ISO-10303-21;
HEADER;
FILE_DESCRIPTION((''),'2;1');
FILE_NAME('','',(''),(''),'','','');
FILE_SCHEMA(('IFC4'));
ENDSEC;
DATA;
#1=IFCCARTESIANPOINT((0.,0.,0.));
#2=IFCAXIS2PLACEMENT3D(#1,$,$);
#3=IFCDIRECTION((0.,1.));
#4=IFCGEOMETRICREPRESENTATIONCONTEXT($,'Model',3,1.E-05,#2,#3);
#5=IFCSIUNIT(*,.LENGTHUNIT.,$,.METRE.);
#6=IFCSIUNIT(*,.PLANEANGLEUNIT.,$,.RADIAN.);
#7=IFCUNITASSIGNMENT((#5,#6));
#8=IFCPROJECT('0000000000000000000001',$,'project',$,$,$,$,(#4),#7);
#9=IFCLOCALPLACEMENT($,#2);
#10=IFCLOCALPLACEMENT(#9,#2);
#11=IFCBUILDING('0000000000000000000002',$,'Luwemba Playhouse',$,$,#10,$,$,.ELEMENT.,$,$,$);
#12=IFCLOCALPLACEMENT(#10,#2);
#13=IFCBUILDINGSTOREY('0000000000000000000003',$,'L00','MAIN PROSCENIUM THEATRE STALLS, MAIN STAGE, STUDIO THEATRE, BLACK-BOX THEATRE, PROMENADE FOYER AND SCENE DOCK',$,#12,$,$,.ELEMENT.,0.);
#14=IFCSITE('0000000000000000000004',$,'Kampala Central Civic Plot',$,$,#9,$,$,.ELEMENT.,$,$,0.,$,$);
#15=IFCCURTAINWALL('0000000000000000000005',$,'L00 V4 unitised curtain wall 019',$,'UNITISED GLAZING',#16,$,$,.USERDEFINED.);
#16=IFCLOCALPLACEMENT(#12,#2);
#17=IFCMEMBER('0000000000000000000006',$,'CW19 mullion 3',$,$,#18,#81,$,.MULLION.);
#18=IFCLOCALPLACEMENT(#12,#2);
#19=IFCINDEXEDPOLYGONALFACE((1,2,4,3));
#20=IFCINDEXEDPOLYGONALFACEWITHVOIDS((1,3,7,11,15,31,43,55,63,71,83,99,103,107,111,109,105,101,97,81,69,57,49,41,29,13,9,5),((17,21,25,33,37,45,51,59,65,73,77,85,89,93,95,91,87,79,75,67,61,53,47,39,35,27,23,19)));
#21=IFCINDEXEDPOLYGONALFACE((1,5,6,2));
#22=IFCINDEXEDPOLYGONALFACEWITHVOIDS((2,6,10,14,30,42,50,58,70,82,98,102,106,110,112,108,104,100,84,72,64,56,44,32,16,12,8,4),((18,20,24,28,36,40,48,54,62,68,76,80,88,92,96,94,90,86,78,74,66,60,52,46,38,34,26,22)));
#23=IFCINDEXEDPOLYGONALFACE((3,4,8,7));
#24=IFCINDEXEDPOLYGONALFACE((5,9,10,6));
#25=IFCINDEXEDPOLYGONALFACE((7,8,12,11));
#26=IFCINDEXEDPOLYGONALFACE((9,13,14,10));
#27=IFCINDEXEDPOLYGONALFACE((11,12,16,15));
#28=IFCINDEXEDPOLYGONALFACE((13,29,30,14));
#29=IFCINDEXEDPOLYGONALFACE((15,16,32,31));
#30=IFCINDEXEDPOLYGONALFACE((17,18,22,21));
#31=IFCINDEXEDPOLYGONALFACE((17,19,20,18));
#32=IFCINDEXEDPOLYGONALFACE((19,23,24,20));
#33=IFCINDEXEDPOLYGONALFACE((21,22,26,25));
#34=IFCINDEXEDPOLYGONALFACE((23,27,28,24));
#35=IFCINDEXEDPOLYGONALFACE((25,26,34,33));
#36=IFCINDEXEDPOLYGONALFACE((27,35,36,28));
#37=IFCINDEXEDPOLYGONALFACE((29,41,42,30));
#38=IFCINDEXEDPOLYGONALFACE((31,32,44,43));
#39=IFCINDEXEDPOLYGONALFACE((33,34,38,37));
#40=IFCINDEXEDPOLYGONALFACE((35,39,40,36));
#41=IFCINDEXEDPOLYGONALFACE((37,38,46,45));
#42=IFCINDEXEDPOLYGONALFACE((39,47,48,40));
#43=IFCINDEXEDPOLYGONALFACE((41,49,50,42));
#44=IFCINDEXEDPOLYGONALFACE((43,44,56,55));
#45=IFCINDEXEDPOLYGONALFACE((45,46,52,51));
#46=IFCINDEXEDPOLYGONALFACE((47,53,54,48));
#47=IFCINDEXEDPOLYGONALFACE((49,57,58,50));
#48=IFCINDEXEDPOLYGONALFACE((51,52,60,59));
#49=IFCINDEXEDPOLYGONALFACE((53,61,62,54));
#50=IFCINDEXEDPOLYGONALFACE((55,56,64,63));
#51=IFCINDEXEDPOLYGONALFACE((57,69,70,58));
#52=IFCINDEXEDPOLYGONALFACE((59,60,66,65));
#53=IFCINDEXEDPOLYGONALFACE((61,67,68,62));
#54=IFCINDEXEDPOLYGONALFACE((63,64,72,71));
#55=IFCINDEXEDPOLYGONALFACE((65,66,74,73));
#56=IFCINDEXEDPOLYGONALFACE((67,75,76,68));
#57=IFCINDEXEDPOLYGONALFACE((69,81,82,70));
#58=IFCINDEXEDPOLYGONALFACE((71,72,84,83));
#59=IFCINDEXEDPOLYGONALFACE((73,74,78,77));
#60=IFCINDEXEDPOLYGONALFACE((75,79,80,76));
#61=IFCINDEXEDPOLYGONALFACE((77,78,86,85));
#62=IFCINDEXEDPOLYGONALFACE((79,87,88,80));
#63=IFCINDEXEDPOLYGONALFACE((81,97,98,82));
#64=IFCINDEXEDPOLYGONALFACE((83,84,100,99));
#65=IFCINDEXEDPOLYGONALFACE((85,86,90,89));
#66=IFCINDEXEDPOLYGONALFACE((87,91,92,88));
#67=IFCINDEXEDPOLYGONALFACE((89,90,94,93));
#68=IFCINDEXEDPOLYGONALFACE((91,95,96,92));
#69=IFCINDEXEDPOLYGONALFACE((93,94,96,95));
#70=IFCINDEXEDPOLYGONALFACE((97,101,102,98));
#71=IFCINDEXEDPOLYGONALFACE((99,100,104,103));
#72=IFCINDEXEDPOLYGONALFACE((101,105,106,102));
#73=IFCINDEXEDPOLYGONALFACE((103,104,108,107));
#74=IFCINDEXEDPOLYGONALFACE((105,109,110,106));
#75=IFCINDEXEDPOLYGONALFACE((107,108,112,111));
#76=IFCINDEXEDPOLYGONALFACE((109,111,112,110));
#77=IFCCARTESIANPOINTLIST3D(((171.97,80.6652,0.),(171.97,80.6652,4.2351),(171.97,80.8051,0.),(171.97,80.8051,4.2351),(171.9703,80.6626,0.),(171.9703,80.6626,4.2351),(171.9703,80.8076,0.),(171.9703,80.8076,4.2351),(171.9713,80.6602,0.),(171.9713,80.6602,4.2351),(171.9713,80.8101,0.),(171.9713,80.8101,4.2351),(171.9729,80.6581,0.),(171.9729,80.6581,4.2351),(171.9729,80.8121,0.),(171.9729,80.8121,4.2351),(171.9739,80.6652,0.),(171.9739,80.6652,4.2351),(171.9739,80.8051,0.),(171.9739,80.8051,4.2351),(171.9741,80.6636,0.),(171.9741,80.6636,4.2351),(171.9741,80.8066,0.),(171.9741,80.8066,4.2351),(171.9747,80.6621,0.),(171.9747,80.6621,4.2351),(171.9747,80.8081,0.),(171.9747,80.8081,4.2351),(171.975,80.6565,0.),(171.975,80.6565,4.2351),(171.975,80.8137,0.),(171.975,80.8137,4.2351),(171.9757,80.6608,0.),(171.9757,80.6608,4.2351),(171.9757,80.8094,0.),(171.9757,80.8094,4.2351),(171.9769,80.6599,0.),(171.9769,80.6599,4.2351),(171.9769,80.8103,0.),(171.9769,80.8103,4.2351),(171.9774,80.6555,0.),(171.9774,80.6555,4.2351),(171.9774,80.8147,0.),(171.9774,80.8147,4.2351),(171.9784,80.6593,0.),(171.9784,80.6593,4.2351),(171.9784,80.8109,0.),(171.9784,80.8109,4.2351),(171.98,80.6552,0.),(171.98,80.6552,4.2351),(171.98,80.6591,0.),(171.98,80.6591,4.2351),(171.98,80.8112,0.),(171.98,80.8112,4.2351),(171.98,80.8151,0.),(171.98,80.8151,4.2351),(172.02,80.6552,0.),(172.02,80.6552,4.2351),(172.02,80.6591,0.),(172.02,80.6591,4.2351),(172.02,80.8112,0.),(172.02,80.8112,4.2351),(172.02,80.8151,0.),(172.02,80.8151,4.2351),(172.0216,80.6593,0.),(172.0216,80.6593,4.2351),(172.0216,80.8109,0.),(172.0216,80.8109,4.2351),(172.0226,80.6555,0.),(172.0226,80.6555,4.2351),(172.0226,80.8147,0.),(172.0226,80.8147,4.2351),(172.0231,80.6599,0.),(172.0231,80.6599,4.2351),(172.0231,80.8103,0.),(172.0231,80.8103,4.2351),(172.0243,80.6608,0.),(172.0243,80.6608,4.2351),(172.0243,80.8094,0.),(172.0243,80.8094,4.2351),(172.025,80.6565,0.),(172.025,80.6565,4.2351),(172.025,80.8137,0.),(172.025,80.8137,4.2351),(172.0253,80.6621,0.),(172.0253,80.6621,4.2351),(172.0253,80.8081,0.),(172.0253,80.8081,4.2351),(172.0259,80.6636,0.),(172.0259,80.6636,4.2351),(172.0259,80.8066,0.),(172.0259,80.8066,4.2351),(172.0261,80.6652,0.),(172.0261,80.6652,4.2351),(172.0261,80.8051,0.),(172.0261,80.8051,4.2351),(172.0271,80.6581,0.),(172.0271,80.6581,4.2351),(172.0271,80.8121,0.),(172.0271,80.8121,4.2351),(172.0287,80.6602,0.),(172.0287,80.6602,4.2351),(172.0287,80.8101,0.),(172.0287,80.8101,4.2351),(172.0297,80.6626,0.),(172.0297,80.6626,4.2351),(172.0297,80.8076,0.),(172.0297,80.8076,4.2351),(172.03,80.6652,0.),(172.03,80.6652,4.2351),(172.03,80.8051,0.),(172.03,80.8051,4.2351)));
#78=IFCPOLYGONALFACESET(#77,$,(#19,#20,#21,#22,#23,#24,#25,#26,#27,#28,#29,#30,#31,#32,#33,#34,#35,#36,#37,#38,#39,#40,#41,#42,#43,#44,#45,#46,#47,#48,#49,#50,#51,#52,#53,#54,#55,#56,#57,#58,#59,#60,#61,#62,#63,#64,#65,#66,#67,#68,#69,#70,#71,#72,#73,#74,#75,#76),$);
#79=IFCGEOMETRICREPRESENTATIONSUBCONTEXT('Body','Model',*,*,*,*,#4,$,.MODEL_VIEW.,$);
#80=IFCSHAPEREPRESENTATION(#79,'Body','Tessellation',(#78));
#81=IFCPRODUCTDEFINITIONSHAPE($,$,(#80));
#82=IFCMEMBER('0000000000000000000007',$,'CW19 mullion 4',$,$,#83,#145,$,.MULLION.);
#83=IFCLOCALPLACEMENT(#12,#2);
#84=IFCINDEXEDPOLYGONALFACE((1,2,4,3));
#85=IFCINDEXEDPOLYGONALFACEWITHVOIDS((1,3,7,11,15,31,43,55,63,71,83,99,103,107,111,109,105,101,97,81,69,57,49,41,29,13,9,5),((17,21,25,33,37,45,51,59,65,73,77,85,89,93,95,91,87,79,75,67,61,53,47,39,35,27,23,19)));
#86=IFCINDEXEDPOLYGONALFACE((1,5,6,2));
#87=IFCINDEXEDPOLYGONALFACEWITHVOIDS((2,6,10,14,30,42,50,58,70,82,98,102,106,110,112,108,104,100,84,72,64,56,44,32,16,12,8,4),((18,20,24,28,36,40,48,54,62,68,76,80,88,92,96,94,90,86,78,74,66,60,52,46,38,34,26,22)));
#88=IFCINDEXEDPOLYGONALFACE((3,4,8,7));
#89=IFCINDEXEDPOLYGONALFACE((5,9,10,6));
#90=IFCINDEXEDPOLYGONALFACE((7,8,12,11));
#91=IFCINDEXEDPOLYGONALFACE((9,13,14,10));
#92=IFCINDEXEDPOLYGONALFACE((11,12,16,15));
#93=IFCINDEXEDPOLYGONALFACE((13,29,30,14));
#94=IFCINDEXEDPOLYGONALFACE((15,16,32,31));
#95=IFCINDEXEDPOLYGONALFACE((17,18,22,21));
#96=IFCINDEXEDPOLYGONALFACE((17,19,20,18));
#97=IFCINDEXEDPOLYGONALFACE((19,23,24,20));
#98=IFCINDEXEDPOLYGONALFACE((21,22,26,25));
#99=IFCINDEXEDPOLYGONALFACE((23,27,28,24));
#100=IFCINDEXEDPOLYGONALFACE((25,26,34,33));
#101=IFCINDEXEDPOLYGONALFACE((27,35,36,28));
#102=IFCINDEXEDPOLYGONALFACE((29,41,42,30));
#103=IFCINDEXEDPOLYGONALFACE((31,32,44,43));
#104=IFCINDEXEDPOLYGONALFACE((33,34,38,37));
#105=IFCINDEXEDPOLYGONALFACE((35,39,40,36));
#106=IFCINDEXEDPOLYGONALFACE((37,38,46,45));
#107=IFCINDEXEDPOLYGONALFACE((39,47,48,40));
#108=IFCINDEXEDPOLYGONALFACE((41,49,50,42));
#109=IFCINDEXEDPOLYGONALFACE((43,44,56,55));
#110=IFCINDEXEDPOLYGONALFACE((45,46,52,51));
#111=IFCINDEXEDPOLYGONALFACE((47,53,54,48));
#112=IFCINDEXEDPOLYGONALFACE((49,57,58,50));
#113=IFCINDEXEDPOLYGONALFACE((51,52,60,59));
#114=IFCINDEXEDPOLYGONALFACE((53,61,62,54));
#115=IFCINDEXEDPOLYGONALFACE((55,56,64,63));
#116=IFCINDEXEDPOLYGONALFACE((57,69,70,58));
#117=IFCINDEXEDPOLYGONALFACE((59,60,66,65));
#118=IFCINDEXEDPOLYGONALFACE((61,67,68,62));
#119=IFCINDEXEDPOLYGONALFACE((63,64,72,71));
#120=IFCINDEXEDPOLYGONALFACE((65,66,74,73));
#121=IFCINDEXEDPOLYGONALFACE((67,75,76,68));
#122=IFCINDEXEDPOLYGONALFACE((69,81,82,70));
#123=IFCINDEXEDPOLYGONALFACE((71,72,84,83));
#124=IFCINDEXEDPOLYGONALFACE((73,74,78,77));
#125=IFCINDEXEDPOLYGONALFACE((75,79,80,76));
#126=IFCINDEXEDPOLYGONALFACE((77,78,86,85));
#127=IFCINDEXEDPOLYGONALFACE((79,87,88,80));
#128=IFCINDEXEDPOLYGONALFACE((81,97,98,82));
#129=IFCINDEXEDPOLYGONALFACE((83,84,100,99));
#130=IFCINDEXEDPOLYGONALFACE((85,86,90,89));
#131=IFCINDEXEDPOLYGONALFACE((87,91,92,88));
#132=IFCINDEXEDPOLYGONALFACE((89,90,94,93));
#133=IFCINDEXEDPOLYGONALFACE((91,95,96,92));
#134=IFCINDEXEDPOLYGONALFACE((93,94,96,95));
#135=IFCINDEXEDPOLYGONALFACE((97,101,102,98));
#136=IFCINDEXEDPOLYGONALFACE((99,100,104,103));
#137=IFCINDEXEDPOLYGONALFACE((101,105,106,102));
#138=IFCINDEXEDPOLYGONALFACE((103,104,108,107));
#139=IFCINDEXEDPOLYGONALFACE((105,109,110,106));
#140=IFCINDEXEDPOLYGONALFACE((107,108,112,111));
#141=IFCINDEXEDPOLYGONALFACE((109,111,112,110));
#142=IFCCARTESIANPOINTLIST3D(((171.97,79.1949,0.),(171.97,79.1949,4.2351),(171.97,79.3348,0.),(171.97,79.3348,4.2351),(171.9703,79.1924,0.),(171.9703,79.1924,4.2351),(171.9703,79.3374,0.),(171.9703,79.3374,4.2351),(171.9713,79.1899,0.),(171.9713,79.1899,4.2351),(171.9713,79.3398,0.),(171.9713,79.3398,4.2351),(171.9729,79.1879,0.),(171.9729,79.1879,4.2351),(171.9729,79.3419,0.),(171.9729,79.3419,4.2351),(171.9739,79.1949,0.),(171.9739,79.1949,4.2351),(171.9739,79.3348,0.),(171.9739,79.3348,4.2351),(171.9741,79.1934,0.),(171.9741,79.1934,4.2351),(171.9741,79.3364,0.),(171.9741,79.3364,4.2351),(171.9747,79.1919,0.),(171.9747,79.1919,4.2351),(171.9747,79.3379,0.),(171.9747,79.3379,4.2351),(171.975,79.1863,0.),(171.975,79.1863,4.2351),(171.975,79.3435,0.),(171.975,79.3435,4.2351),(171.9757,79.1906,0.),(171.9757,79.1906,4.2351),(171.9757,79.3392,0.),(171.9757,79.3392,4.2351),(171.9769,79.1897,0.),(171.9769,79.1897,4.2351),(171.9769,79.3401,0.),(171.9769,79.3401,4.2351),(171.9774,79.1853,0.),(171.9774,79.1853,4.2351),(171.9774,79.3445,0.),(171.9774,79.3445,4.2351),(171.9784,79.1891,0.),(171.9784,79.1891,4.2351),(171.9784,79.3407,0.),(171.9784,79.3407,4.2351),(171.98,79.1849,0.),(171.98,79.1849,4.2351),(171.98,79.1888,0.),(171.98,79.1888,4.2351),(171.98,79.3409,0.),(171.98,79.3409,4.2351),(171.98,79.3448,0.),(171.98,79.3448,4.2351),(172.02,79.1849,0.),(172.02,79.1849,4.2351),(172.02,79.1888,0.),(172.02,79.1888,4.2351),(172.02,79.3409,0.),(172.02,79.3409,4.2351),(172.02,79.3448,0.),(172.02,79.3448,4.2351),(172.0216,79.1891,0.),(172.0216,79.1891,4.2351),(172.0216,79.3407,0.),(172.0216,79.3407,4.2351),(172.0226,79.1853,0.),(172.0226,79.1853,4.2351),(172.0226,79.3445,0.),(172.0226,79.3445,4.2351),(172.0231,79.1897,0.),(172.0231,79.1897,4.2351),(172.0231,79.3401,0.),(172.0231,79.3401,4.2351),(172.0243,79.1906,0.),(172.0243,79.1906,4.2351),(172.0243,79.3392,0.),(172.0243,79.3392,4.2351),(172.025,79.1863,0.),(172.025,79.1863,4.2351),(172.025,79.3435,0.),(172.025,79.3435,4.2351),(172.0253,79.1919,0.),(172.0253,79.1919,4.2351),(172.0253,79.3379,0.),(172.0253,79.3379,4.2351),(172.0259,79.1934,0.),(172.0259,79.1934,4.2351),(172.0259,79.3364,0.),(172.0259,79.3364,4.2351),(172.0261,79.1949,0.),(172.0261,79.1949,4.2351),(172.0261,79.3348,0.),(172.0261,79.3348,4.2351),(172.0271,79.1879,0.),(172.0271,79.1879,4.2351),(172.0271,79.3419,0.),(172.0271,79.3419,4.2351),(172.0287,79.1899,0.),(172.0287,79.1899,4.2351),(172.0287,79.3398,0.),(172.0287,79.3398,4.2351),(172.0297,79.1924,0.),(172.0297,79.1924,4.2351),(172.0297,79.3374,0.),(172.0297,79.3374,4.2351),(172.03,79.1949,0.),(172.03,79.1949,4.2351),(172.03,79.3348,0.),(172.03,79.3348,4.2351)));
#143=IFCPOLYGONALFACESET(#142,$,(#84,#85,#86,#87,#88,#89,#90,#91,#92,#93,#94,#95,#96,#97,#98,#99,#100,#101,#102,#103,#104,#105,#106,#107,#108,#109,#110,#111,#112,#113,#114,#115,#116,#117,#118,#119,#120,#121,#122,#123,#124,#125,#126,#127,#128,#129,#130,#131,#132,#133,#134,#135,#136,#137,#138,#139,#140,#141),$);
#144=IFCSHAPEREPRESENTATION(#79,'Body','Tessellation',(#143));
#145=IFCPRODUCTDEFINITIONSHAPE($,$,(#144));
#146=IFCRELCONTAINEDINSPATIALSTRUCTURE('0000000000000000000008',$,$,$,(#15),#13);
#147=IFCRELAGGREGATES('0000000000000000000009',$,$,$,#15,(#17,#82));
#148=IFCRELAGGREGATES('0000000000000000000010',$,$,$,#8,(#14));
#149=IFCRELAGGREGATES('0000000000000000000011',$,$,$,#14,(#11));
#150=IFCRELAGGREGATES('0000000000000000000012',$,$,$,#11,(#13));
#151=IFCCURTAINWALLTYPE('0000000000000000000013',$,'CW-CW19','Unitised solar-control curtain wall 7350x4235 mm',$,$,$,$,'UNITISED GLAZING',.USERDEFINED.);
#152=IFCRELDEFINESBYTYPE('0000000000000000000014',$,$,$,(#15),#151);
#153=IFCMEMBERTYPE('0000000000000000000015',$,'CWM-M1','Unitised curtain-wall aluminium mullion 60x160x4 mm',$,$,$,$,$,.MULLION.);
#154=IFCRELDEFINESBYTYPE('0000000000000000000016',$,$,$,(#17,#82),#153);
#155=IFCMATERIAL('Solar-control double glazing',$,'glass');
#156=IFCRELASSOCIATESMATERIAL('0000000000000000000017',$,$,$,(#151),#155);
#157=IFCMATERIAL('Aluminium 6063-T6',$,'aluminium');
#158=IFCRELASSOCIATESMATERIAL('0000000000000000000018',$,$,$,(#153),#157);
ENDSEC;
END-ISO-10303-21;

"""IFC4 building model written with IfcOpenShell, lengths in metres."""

from ifc_helpers import new_model, si_unit, direction, frame, origin, origin_2d, place, context, subcontext, project, spatial, hollow_rectangle, extrude, material, material_profile, profile_set, type_object, element, aggregate, save


model = new_model("IFC4")

# Units and contexts
model_context = context("Model", 3, precision=1e-05, world=origin(), true_north=direction((0.0, 1.0)))
body_context = subcontext(model_context, "Body", "Model", "MODEL_VIEW")
ifc_project = project(units=[si_unit("LENGTHUNIT", "METRE"), si_unit("PLANEANGLEUNIT", "RADIAN")], contexts=[model_context])

# Site, building, storey
site_placement = place(None, origin())
site = spatial("IfcSite", under=ifc_project, at=site_placement, Name="Kampala Central Civic Plot", CompositionType="ELEMENT", RefElevation=0.0)
building_placement = place(site_placement, origin())
building = spatial("IfcBuilding", under=site, at=building_placement, Name="Luwemba Playhouse", CompositionType="ELEMENT")
storey_placement = place(building_placement, origin())
storey = spatial("IfcBuildingStorey", under=building, at=storey_placement, Name="L00", Description="MAIN PROSCENIUM THEATRE STALLS, MAIN STAGE, STUDIO THEATRE, BLACK-BOX THEATRE, PROMENADE FOYER AND SCENE DOCK", CompositionType="ELEMENT", Elevation=0.0)

# Curtain wall, members
ifc_material_1 = material(Name="Solar-control double glazing", Category="glass")
curtain_wall_type = type_object("IfcCurtainWallType", Name="CW-CW19", Description="Unitised solar-control curtain wall 7350x4235 mm", ElementType="UNITISED GLAZING", PredefinedType="USERDEFINED", material=ifc_material_1)
curtain_wall_placement = place(storey_placement, origin())
curtain_wall = element("IfcCurtainWall", 1, at=curtain_wall_placement, inside=storey, type_object=curtain_wall_type, Name="L00 V4 unitised curtain wall 019", ObjectType="UNITISED GLAZING", PredefinedType="USERDEFINED")
ifc_material_2 = material(Name="Aluminium 6063-T6", Category="aluminium")
ifc_material_profile_1 = material_profile(ifc_material_2, hollow_rectangle(XDim=0.0601, YDim=0.1599, WallThickness=0.0039, InnerFilletRadius=0.0061, OuterFilletRadius=0.01, at=origin_2d()))
ifc_profile_set_1 = profile_set([ifc_material_profile_1], Name="Aluminium 6063-T6")
member_type_1 = type_object("IfcMemberType", Name="CWM-M1", Description="Unitised curtain-wall aluminium mullion 60x160x4 mm", PredefinedType="MULLION", material=ifc_profile_set_1)
member_1_placement = place(storey_placement, frame((172.0, 80.7351, 0.0), z_axis=(0.0, 0.0, 1.0), x_axis=(1.0, 0.0, 0.0)))
member_1 = element("IfcMember", 2, at=member_1_placement, type_object=member_type_1, Name="CW19 mullion 3", PredefinedType="MULLION", context=body_context, shape_type="SweptSolid", body=[
    extrude(hollow_rectangle(XDim=0.0601, YDim=0.1599, WallThickness=0.0039, InnerFilletRadius=0.0061, OuterFilletRadius=0.01, at=origin_2d()), origin(), (0.0, 0.0, 1.0), 4.2351),
])
member_2_placement = place(storey_placement, frame((172.0, 79.2649, 0.0), z_axis=(0.0, 0.0, 1.0), x_axis=(1.0, 0.0, 0.0)))
member_2 = element("IfcMember", 3, at=member_2_placement, type_object=member_type_1, Name="CW19 mullion 4", PredefinedType="MULLION", context=body_context, shape_type="SweptSolid", body=[
    extrude(hollow_rectangle(XDim=0.0601, YDim=0.1599, WallThickness=0.0039, InnerFilletRadius=0.0061, OuterFilletRadius=0.01, at=origin_2d()), origin(), (0.0, 0.0, 1.0), 4.2351),
])
aggregate(curtain_wall, [member_1, member_2])

save(model, "model.ifc")
